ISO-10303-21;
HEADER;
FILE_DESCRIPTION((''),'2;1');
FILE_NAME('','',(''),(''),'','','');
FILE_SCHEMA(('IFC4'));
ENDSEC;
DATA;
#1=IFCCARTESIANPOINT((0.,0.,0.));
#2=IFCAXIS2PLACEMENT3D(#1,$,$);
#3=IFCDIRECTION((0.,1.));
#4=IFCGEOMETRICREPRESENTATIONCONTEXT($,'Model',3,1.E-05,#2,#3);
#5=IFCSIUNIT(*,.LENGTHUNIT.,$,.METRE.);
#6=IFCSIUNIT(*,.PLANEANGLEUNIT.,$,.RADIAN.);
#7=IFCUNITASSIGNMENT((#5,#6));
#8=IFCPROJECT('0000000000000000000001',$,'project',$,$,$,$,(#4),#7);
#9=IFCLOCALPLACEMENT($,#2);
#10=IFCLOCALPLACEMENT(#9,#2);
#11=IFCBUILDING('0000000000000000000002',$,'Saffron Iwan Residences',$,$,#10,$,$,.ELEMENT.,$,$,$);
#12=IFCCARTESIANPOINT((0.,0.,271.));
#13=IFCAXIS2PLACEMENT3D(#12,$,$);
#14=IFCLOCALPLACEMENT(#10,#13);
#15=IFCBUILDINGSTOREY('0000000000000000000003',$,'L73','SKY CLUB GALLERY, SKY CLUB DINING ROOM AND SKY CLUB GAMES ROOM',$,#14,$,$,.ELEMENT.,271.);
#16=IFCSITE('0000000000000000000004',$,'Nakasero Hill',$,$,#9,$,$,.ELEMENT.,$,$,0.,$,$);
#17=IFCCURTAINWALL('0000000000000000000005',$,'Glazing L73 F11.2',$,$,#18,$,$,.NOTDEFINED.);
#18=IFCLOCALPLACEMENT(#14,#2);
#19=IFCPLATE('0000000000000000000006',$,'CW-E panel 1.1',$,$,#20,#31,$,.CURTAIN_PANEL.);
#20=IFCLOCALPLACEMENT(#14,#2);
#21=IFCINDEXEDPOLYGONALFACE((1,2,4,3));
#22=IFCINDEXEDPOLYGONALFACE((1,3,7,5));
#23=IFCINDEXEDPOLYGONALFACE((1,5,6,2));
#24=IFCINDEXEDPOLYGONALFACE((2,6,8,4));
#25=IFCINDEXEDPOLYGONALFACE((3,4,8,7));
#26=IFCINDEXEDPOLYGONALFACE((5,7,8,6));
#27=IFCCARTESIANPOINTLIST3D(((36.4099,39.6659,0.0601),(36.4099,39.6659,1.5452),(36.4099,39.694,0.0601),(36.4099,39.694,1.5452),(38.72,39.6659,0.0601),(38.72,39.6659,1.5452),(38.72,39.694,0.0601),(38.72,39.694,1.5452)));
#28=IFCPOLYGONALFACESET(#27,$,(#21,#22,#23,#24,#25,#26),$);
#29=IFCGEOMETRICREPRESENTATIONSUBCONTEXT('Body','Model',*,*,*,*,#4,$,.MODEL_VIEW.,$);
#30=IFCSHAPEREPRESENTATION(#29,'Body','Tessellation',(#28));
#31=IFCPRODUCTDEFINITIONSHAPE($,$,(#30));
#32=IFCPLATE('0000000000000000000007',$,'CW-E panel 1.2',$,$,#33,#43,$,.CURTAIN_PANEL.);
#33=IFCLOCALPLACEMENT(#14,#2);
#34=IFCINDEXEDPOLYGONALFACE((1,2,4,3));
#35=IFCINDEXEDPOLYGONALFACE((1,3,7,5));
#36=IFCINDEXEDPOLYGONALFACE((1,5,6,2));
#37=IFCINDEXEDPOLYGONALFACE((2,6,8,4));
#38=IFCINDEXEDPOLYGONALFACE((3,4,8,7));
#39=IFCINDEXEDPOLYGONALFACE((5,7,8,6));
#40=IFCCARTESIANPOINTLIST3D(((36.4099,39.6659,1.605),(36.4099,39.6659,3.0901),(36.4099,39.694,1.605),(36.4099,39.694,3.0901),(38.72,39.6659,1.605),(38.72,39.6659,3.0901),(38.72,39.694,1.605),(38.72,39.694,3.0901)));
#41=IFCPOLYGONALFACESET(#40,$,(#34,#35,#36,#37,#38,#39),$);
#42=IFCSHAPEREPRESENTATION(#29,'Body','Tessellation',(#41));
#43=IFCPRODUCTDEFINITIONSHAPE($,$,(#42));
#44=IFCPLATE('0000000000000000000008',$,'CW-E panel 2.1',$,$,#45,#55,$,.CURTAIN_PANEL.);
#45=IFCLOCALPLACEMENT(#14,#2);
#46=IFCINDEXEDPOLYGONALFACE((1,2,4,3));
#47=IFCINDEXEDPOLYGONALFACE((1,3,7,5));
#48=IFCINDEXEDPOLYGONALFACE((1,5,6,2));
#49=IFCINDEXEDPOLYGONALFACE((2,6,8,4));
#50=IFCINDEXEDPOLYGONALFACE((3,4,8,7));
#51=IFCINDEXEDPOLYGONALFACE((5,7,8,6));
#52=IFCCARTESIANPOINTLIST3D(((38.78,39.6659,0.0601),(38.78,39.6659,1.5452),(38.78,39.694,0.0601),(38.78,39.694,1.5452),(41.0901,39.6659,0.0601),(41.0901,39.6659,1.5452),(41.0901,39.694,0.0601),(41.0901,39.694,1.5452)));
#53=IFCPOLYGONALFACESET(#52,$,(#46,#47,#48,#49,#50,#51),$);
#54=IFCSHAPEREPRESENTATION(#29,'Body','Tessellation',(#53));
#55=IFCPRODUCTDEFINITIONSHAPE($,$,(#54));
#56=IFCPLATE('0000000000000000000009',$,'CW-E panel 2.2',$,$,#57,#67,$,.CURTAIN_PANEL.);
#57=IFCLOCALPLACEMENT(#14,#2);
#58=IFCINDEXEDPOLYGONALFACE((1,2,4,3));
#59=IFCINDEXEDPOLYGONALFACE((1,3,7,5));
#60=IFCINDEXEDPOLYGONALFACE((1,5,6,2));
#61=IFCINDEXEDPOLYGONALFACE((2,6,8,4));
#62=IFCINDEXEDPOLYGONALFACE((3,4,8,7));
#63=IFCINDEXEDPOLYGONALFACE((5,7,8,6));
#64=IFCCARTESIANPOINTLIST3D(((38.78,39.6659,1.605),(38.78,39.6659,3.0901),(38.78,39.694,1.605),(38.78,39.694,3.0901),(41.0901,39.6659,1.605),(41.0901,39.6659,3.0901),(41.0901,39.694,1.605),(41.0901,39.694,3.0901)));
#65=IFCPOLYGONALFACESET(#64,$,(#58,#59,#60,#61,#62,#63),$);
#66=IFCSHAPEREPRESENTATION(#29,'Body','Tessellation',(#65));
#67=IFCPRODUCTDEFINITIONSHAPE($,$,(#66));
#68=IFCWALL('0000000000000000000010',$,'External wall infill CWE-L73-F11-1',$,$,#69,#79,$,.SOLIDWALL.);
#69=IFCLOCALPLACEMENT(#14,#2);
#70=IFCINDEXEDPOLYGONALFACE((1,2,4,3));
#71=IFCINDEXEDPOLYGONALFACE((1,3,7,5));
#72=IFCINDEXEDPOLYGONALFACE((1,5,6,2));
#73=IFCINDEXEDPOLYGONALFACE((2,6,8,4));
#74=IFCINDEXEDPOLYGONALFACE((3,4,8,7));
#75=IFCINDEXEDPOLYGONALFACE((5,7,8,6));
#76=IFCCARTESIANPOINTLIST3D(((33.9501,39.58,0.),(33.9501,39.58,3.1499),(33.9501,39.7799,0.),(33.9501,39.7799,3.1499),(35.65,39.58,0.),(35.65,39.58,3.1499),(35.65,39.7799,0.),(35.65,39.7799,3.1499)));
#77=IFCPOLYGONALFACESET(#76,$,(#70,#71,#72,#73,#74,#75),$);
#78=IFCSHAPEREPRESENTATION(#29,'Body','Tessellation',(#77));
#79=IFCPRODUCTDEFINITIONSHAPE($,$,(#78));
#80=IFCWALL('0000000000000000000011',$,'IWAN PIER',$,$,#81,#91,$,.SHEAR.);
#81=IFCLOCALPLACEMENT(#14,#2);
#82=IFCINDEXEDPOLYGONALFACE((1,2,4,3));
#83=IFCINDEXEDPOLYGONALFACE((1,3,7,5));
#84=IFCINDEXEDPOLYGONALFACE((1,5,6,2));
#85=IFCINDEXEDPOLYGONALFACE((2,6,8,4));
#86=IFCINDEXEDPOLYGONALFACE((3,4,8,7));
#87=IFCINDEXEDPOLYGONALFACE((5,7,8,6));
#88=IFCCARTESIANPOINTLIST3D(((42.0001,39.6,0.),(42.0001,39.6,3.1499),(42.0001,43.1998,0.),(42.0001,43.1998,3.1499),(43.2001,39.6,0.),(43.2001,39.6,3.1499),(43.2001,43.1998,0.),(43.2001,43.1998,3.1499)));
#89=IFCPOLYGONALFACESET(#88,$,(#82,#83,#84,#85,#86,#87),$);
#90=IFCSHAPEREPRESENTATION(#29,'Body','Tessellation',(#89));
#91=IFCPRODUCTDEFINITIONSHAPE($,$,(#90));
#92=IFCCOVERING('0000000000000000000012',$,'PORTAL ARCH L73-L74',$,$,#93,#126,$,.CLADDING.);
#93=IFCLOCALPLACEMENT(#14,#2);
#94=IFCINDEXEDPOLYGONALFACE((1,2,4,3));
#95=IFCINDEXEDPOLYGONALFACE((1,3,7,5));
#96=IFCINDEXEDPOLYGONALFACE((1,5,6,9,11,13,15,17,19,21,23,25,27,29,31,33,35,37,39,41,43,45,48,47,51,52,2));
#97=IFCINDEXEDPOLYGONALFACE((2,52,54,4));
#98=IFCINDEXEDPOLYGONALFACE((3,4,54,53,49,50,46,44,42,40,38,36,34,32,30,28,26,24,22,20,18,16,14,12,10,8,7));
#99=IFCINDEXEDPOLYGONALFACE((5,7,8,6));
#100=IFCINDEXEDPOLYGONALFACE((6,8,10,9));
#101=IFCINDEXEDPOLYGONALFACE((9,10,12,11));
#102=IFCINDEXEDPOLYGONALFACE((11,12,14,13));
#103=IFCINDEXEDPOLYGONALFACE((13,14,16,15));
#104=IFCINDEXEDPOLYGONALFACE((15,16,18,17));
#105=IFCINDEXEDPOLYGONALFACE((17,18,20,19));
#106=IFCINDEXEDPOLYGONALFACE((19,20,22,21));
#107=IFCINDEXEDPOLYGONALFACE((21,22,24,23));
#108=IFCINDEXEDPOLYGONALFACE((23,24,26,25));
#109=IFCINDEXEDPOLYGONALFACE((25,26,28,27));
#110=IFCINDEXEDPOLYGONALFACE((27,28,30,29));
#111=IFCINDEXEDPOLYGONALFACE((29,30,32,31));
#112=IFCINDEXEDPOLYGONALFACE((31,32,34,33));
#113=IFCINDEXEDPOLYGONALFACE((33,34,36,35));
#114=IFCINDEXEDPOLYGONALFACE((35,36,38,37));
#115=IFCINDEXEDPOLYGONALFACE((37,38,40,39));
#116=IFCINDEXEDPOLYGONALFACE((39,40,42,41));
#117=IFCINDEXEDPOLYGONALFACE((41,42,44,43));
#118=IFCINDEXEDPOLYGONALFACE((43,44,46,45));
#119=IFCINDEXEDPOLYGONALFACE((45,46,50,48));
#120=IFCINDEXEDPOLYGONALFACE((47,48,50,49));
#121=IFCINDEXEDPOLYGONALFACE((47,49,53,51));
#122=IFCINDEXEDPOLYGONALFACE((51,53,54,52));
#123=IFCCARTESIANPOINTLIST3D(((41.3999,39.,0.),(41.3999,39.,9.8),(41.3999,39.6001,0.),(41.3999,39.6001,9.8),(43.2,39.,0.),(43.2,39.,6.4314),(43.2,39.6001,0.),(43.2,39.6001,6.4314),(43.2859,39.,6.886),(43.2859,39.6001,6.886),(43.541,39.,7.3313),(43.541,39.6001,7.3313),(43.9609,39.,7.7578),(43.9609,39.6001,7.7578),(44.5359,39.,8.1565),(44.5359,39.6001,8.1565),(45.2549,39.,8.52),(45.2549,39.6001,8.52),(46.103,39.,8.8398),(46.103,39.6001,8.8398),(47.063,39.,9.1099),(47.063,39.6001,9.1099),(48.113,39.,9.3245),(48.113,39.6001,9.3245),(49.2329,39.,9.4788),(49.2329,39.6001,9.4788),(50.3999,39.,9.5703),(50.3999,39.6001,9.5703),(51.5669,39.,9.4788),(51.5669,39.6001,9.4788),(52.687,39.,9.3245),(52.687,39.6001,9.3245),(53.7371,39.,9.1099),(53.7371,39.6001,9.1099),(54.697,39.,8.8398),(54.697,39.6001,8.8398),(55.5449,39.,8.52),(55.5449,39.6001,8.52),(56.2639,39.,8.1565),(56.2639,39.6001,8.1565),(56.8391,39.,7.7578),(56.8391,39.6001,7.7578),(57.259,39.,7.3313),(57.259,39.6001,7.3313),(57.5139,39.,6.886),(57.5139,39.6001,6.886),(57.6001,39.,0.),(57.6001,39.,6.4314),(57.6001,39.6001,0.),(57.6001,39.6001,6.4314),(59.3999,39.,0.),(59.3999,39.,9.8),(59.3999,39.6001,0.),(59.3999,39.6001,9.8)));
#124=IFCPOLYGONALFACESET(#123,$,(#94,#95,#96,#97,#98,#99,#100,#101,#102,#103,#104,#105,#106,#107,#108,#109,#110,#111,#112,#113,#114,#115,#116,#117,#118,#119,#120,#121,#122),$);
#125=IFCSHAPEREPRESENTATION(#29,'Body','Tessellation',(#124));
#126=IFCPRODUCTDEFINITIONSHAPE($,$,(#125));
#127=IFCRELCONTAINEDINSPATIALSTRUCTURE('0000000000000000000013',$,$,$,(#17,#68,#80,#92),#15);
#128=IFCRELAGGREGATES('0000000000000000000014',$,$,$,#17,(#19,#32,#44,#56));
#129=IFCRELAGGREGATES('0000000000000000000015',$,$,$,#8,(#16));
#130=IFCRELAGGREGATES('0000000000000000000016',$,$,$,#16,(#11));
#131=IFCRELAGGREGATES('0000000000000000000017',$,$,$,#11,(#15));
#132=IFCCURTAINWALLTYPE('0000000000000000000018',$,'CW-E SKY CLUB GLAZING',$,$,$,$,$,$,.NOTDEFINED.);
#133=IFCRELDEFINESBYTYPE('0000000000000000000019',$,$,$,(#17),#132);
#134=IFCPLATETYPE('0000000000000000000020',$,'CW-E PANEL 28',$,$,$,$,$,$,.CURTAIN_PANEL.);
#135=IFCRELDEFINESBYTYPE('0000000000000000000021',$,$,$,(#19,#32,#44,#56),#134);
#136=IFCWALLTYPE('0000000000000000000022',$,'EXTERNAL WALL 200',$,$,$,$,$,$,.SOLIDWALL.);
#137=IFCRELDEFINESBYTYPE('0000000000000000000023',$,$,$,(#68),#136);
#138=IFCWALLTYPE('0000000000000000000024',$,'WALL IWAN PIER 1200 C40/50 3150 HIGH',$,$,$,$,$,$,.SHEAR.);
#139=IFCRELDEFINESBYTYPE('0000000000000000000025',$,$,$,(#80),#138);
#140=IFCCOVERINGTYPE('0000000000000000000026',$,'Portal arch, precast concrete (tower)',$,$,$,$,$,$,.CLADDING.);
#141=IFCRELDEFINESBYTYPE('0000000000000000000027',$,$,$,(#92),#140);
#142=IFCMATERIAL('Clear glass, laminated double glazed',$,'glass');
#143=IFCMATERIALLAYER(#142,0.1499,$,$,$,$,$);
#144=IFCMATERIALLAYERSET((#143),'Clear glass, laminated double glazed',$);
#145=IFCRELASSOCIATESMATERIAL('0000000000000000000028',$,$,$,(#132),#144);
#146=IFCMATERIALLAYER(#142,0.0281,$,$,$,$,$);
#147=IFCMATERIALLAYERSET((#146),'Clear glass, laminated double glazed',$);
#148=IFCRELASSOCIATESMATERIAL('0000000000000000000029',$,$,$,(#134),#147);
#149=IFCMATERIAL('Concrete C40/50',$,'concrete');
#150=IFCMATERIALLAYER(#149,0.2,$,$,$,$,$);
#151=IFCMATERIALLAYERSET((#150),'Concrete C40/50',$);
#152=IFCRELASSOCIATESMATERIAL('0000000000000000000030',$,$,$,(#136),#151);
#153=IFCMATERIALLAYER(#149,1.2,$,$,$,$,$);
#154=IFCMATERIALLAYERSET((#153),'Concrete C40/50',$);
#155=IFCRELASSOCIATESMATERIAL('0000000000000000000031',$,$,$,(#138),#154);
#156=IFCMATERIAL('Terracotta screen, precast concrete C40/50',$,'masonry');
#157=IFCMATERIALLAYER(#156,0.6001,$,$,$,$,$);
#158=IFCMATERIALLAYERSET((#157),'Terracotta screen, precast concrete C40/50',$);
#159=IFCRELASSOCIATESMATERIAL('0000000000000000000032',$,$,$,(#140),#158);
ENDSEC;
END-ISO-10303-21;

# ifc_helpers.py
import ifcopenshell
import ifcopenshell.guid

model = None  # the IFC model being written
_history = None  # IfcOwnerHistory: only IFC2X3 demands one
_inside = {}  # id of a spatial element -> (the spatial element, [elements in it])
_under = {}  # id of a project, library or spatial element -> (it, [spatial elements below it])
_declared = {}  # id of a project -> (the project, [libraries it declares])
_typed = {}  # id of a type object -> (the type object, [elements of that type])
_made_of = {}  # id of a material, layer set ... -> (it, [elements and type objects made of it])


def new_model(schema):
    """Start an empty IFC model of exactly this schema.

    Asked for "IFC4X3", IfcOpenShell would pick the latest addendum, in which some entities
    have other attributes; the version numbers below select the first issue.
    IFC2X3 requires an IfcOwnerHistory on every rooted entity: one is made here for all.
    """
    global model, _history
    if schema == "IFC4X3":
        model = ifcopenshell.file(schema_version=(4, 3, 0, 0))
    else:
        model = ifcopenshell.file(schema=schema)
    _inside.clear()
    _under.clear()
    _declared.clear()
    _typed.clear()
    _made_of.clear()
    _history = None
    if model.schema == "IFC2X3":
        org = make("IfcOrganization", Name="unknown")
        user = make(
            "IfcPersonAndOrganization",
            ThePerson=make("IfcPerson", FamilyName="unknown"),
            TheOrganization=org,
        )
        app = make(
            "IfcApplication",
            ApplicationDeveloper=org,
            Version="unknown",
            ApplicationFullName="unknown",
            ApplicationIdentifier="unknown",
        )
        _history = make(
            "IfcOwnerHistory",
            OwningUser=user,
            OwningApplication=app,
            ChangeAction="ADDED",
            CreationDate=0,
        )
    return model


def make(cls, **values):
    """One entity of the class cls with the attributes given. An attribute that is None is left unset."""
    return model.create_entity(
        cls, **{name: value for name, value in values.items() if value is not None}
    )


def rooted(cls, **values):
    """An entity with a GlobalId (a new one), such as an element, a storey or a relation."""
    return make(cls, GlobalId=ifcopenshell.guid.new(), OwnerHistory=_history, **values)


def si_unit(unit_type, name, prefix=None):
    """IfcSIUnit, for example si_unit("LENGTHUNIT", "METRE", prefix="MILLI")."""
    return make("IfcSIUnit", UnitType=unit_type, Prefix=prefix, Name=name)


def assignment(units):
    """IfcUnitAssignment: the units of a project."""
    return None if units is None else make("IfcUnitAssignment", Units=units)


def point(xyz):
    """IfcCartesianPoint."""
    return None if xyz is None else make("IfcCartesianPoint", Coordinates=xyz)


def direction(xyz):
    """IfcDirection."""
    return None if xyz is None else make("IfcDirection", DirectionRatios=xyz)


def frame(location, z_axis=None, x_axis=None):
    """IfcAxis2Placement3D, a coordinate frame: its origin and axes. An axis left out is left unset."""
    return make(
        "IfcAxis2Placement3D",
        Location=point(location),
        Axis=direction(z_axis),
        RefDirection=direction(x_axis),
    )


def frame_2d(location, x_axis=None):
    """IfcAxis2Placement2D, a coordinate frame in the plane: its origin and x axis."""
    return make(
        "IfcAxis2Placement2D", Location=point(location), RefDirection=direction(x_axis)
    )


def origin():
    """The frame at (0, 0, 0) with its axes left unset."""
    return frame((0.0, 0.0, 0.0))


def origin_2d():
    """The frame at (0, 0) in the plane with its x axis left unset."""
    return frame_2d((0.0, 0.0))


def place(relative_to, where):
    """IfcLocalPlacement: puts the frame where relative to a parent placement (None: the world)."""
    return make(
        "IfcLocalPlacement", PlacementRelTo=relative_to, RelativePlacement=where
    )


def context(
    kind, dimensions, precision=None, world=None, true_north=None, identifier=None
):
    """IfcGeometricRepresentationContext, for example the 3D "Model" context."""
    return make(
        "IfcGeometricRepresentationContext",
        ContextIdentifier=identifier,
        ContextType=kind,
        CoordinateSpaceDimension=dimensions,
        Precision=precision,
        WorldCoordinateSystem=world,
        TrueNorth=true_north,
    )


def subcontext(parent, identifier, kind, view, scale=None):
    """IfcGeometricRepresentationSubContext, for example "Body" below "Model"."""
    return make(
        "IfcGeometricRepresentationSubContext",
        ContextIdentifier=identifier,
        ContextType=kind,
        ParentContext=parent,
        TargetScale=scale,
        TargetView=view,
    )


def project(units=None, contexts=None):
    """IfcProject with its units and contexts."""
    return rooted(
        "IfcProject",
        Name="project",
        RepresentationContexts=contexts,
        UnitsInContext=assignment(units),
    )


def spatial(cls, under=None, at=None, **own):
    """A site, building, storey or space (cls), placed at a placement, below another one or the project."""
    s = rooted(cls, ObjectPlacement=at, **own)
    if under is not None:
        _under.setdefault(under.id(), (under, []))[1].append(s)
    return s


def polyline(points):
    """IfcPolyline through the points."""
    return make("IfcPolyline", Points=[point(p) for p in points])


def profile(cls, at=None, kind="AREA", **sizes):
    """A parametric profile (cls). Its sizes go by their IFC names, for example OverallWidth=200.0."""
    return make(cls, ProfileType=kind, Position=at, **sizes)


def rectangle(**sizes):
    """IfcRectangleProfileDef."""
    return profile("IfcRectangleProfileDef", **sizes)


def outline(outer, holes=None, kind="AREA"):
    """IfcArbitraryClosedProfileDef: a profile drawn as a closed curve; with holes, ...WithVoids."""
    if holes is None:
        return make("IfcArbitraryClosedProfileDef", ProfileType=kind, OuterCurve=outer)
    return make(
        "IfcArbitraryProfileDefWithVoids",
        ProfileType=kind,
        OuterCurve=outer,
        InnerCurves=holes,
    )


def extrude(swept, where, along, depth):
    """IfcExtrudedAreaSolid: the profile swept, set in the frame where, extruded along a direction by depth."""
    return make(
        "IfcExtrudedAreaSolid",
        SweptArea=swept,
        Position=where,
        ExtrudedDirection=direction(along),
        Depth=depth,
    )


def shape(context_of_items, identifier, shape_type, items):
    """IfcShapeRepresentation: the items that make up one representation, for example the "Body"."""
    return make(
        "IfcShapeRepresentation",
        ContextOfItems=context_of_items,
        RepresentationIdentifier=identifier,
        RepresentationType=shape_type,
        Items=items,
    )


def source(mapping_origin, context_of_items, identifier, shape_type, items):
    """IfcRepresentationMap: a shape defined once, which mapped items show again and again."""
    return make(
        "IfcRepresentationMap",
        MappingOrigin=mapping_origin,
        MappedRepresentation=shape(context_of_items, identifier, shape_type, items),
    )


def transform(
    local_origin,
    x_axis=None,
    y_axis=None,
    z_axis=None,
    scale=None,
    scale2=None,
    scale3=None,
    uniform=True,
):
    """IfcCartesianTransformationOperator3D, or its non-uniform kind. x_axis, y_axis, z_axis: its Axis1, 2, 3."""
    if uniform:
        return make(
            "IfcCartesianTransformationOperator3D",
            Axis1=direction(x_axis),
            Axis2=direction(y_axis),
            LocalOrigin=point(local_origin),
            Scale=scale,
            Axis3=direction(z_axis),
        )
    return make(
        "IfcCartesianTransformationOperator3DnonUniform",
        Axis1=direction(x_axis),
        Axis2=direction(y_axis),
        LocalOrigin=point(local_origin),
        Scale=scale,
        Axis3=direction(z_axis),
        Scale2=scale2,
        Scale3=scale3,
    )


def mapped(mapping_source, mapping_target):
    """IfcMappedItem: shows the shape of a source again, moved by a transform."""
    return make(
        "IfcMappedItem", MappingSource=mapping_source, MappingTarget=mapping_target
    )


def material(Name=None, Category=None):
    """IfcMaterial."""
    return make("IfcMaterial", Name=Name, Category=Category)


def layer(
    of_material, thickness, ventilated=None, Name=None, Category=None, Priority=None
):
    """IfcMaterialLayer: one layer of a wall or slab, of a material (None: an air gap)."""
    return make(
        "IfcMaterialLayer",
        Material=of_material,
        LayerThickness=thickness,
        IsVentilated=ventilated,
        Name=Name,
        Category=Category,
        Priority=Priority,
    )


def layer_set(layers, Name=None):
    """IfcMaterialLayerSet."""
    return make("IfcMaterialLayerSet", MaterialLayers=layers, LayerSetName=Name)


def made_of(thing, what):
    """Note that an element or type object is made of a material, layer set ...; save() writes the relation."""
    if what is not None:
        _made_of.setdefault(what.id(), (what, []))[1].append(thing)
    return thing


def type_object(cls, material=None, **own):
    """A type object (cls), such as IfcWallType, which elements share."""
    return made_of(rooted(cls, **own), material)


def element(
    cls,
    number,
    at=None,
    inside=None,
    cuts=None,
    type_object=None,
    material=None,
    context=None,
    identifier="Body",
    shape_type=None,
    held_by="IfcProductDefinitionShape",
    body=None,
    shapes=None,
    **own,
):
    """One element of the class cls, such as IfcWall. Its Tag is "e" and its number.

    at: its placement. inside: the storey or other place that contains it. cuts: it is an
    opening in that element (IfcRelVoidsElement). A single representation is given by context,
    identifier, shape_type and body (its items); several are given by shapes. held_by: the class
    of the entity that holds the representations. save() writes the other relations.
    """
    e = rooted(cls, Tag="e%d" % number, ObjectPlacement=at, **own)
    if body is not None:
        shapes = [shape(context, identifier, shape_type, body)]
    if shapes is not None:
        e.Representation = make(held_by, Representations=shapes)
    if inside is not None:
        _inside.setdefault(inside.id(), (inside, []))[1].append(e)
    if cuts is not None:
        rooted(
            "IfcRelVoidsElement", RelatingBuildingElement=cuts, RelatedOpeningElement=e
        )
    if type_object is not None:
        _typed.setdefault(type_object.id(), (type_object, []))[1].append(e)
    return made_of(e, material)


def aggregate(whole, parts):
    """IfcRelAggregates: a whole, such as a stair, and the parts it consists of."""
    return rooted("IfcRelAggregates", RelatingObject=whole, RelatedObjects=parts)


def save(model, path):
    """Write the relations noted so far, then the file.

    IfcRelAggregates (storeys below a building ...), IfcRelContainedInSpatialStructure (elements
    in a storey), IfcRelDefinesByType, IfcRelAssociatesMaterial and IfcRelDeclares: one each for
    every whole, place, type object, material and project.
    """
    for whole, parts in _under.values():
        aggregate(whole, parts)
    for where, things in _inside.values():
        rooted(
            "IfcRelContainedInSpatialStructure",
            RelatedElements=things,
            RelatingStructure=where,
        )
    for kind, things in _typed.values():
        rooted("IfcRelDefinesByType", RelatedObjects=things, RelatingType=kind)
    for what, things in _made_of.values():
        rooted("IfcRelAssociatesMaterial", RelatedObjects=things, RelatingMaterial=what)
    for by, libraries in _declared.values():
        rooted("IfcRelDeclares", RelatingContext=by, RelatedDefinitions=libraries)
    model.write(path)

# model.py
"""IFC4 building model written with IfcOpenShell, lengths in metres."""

from ifc_helpers import new_model, si_unit, direction, frame, frame_2d, origin, origin_2d, place, context, subcontext, project, spatial, polyline, rectangle, outline, extrude, source, transform, mapped, material, layer, layer_set, type_object, element, aggregate, save


model = new_model("IFC4")

# Units and contexts
model_context = context("Model", 3, precision=1e-05, world=origin(), true_north=direction((0.0, 1.0)))
body_context = subcontext(model_context, "Body", "Model", "MODEL_VIEW")
ifc_project = project(units=[si_unit("LENGTHUNIT", "METRE"), si_unit("PLANEANGLEUNIT", "RADIAN")], contexts=[model_context])

# Site, building, storey
site_placement = place(None, origin())
site = spatial("IfcSite", under=ifc_project, at=site_placement, Name="Nakasero Hill", CompositionType="ELEMENT", RefElevation=0.0)
building_placement = place(site_placement, origin())
building = spatial("IfcBuilding", under=site, at=building_placement, Name="Saffron Iwan Residences", CompositionType="ELEMENT")
storey_placement = place(building_placement, frame((0.0, 0.0, 271.0)))
storey = spatial("IfcBuildingStorey", under=building, at=storey_placement, Name="L73", Description="SKY CLUB GALLERY, SKY CLUB DINING ROOM AND SKY CLUB GAMES ROOM", CompositionType="ELEMENT", Elevation=271.0)

# Shared definitions
ifc_material_1 = material(Name="Clear glass, laminated double glazed", Category="glass")
ifc_layer_1 = layer(ifc_material_1, 0.1499)
ifc_layer_set_1 = layer_set([ifc_layer_1], Name="Clear glass, laminated double glazed")
curtain_wall_type = type_object("IfcCurtainWallType", Name="CW-E SKY CLUB GLAZING", PredefinedType="NOTDEFINED", material=ifc_layer_set_1)

# Curtain wall
curtain_wall_1_placement = place(storey_placement, origin())
curtain_wall_1 = element("IfcCurtainWall", 1, at=curtain_wall_1_placement, inside=storey, type_object=curtain_wall_type, Name="Glazing L73 F11.2", PredefinedType="NOTDEFINED")

# Plates
ifc_layer_2 = layer(ifc_material_1, 0.0281)
ifc_layer_set_2 = layer_set([ifc_layer_2], Name="Clear glass, laminated double glazed")
plate_type = type_object("IfcPlateType", Name="CW-E PANEL 28", PredefinedType="CURTAIN_PANEL", material=ifc_layer_set_2)
shared_shape_1 = source(origin(), body_context, "Body", "SweptSolid", [
    extrude(rectangle(XDim=2.3101, YDim=0.0281, at=origin_2d()), origin(), (0.0, 0.0, 1.0), 1.4851),
])
plate_1_placement = place(storey_placement, frame((37.5649, 39.6799, 0.0601), z_axis=(0.0, 0.0, 1.0), x_axis=(1.0, 0.0, 0.0)))
plate_1 = element("IfcPlate", 2, at=plate_1_placement, type_object=plate_type, Name="CW-E panel 1.1", PredefinedType="CURTAIN_PANEL", context=body_context, shape_type="MappedRepresentation", body=[
    mapped(shared_shape_1, transform((0.0, 0.0, 0.0))),
])
plate_2_placement = place(storey_placement, frame((37.5649, 39.6799, 1.605), z_axis=(0.0, 0.0, 1.0), x_axis=(1.0, 0.0, 0.0)))
plate_2 = element("IfcPlate", 3, at=plate_2_placement, type_object=plate_type, Name="CW-E panel 1.2", PredefinedType="CURTAIN_PANEL", context=body_context, shape_type="MappedRepresentation", body=[
    mapped(shared_shape_1, transform((0.0, 0.0, 0.0))),
])
plate_3_placement = place(storey_placement, frame((39.9351, 39.6799, 0.0601), z_axis=(0.0, 0.0, 1.0), x_axis=(1.0, 0.0, 0.0)))
plate_3 = element("IfcPlate", 4, at=plate_3_placement, type_object=plate_type, Name="CW-E panel 2.1", PredefinedType="CURTAIN_PANEL", context=body_context, shape_type="MappedRepresentation", body=[
    mapped(shared_shape_1, transform((0.0, 0.0, 0.0))),
])
plate_4_placement = place(storey_placement, frame((39.9351, 39.6799, 1.605), z_axis=(0.0, 0.0, 1.0), x_axis=(1.0, 0.0, 0.0)))
plate_4 = element("IfcPlate", 5, at=plate_4_placement, type_object=plate_type, Name="CW-E panel 2.2", PredefinedType="CURTAIN_PANEL", context=body_context, shape_type="MappedRepresentation", body=[
    mapped(shared_shape_1, transform((0.0, 0.0, 0.0))),
])
aggregate(curtain_wall_1, [plate_1, plate_2, plate_3, plate_4])

# Walls
ifc_material_2 = material(Name="Concrete C40/50", Category="concrete")
ifc_layer_3 = layer(ifc_material_2, 0.2)
ifc_layer_set_3 = layer_set([ifc_layer_3], Name="Concrete C40/50")
wall_type_1 = type_object("IfcWallType", Name="EXTERNAL WALL 200", PredefinedType="SOLIDWALL", material=ifc_layer_set_3)
wall_1_placement = place(storey_placement, frame((33.95, 39.6799, 0.0), z_axis=(0.0, 0.0, 1.0), x_axis=(1.0, 0.0, 0.0)))
element("IfcWall", 6, at=wall_1_placement, inside=storey, type_object=wall_type_1, Name="External wall infill CWE-L73-F11-1", PredefinedType="SOLIDWALL", context=body_context, shape_type="SweptSolid", body=[
    extrude(rectangle(XDim=1.7, YDim=0.2, at=frame_2d((0.8501, 0.0))), origin(), (0.0, 0.0, 1.0), 3.1499),
])
ifc_layer_4 = layer(ifc_material_2, 1.2)
ifc_layer_set_4 = layer_set([ifc_layer_4], Name="Concrete C40/50")
wall_type_2 = type_object("IfcWallType", Name="WALL IWAN PIER 1200 C40/50 3150 HIGH", PredefinedType="SHEAR", material=ifc_layer_set_4)
wall_2_placement = place(storey_placement, frame((42.6001, 39.6001, 0.0), z_axis=(0.0, 0.0, 1.0), x_axis=(0.0, 1.0, 0.0)))
element("IfcWall", 7, at=wall_2_placement, inside=storey, type_object=wall_type_2, Name="IWAN PIER", PredefinedType="SHEAR", context=body_context, shape_type="SweptSolid", body=[
    extrude(rectangle(XDim=3.5999, YDim=1.2, at=frame_2d((1.7998, 0.0))), origin(), (0.0, 0.0, 1.0), 3.1499),
])

# Covering
ifc_material_3 = material(Name="Terracotta screen, precast concrete C40/50", Category="masonry")
ifc_layer_5 = layer(ifc_material_3, 0.6001)
ifc_layer_set_5 = layer_set([ifc_layer_5], Name="Terracotta screen, precast concrete C40/50")
covering_type = type_object("IfcCoveringType", Name="Portal arch, precast concrete (tower)", PredefinedType="CLADDING", material=ifc_layer_set_5)
covering_placement = place(storey_placement, frame((41.3999, 39.6001, 0.0), z_axis=(0.0, 1.0, 0.0), x_axis=(0.0, 0.0, 1.0)))
element("IfcCovering", 8, at=covering_placement, inside=storey, type_object=covering_type, Name="PORTAL ARCH L73-L74", PredefinedType="CLADDING", context=body_context, shape_type="SweptSolid", body=[
    extrude(outline(polyline([(0.0, 0.0), (9.8, 0.0), (9.8, 18.0), (0.0, 18.0), (0.0, 16.2002), (6.4314, 16.2002), (6.886, 16.114), (7.3313, 15.8591), (7.7578, 15.4392), (8.1565, 14.864), (8.52, 14.145), (8.8398, 13.2971), (9.1099, 12.3372), (9.3245, 11.2871), (9.4788, 10.167), (9.5703, 9.0), (9.4788, 7.833), (9.3245, 6.7131), (9.1099, 5.6631), (8.8398, 4.7031), (8.52, 3.855), (8.1565, 3.136), (7.7578, 2.561), (7.3313, 2.1411), (6.886, 1.886), (6.4314, 1.8), (0.0, 1.8), (0.0, 0.0)])), origin(), (0.0, 0.0, -1.0), 0.6001),
])

save(model, "model.ifc")
